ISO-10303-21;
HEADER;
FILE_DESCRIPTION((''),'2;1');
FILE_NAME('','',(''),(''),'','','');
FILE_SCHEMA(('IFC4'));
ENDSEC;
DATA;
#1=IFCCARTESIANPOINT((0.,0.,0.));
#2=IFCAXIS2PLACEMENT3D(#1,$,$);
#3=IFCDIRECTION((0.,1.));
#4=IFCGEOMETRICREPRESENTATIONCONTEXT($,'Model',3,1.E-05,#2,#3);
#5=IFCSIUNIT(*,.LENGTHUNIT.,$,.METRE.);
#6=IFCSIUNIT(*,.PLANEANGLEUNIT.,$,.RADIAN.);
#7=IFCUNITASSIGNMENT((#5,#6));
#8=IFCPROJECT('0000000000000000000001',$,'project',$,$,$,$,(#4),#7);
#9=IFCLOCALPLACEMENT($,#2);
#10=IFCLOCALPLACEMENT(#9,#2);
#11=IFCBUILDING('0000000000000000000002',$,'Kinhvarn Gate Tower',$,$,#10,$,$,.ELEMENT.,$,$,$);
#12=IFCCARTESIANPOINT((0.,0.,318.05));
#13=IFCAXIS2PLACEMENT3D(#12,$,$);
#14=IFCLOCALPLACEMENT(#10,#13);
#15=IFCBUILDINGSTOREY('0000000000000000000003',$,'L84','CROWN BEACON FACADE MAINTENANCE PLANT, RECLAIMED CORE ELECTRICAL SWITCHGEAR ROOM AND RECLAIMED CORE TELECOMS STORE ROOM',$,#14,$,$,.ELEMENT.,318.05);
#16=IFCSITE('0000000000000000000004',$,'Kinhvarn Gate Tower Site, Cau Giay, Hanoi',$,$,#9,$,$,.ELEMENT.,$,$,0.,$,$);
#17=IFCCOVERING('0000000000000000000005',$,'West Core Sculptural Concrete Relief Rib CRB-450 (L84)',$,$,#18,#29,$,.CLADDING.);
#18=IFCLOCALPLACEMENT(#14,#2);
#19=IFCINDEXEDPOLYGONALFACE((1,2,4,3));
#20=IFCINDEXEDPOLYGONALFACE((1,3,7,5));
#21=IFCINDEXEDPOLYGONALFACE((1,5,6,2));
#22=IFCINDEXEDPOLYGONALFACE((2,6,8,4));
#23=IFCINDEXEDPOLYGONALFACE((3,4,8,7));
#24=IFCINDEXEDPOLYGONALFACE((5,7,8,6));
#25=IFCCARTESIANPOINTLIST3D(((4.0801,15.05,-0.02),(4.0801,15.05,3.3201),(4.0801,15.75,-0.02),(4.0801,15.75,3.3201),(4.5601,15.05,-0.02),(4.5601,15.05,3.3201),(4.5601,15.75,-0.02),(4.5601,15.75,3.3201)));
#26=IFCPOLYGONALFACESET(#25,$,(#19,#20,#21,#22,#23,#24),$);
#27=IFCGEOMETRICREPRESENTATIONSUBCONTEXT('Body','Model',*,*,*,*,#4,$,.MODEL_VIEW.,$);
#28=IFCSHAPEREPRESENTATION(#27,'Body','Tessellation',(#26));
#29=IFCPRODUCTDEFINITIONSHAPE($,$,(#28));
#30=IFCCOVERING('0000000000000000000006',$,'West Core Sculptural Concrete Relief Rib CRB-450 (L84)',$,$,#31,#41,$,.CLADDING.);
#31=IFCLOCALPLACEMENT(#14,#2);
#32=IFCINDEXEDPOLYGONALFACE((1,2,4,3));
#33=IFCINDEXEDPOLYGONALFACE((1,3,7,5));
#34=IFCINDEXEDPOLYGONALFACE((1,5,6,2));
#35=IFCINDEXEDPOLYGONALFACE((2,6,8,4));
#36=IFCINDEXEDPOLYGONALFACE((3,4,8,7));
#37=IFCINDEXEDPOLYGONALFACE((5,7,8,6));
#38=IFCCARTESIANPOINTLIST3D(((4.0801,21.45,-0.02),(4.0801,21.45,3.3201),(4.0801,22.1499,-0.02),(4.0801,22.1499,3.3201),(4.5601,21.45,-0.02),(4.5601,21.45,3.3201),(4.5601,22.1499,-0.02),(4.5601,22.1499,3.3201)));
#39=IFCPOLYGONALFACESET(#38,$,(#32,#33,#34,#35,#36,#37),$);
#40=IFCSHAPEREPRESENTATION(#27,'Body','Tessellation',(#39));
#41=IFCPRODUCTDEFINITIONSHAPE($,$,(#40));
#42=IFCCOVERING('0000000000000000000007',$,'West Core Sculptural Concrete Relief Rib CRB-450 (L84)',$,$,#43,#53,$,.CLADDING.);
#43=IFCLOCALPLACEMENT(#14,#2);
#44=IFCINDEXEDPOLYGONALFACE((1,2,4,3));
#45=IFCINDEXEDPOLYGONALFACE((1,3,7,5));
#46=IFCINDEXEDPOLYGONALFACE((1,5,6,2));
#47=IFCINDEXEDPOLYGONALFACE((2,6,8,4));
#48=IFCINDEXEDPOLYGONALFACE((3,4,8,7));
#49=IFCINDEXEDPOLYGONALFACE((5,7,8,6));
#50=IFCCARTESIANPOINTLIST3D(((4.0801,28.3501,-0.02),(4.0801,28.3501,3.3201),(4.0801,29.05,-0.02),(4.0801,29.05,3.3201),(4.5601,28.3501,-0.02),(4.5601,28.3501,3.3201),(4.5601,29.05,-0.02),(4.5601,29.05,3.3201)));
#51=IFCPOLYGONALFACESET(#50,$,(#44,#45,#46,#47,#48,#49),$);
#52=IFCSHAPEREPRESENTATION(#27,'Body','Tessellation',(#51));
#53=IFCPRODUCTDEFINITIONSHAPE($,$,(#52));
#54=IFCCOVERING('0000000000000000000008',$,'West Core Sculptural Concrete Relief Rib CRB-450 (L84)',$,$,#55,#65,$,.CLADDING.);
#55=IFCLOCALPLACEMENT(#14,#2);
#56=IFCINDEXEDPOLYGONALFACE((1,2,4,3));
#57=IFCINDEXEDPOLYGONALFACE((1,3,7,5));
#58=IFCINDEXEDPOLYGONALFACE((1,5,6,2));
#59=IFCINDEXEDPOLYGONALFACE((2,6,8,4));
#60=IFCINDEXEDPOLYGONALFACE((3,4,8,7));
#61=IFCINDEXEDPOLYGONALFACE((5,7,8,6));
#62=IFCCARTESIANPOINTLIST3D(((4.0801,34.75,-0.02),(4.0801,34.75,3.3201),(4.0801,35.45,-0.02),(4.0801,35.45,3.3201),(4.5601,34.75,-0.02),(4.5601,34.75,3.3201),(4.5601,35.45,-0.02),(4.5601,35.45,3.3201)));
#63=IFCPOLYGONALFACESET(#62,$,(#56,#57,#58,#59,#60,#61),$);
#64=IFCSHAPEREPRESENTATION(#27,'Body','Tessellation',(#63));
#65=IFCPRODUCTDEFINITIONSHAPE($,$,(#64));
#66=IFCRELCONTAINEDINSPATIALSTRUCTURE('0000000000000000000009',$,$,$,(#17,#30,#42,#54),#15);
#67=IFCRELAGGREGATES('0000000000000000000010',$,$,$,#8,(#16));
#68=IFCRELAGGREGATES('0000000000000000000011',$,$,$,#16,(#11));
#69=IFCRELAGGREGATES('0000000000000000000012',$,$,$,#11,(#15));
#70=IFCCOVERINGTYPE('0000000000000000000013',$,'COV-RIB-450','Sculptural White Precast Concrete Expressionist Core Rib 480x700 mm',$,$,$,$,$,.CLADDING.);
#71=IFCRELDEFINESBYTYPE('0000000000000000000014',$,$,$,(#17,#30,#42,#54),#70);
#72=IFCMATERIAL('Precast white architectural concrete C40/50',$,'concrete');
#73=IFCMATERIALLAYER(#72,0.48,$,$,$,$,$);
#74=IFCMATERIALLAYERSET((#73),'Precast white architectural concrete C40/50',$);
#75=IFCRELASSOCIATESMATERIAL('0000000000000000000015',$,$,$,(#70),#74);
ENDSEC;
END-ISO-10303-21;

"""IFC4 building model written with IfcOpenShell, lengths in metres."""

from ifc_helpers import new_model, si_unit, direction, frame, origin, place, context, subcontext, project, spatial, polyline, outline, extrude, material, layer, layer_set, type_object, element, save


model = new_model("IFC4")

# Units and contexts
model_context = context("Model", 3, precision=1e-05, world=origin(), true_north=direction((0.0, 1.0)))
body_context = subcontext(model_context, "Body", "Model", "MODEL_VIEW")
ifc_project = project(units=[si_unit("LENGTHUNIT", "METRE"), si_unit("PLANEANGLEUNIT", "RADIAN")], contexts=[model_context])

# Site, building, storey
site_placement = place(None, origin())
site = spatial("IfcSite", under=ifc_project, at=site_placement, Name="Kinhvarn Gate Tower Site, Cau Giay, Hanoi", CompositionType="ELEMENT", RefElevation=0.0)
building_placement = place(site_placement, origin())
building = spatial("IfcBuilding", under=site, at=building_placement, Name="Kinhvarn Gate Tower", CompositionType="ELEMENT")
storey_placement = place(building_placement, frame((0.0, 0.0, 318.05)))
storey = spatial("IfcBuildingStorey", under=building, at=storey_placement, Name="L84", Description="CROWN BEACON FACADE MAINTENANCE PLANT, RECLAIMED CORE ELECTRICAL SWITCHGEAR ROOM AND RECLAIMED CORE TELECOMS STORE ROOM", CompositionType="ELEMENT", Elevation=318.05)

# Coverings
ifc_material_1 = material(Name="Precast white architectural concrete C40/50", Category="concrete")
ifc_layer_1 = layer(ifc_material_1, 0.48)
ifc_layer_set_1 = layer_set([ifc_layer_1], Name="Precast white architectural concrete C40/50")
covering_type_1 = type_object("IfcCoveringType", Name="COV-RIB-450", Description="Sculptural White Precast Concrete Expressionist Core Rib 480x700 mm", PredefinedType="CLADDING", material=ifc_layer_set_1)
covering_1_placement = place(storey_placement, frame((0.0, 0.0, -0.02)))
element("IfcCovering", 1, at=covering_1_placement, inside=storey, type_object=covering_type_1, Name="West Core Sculptural Concrete Relief Rib CRB-450 (L84)", PredefinedType="CLADDING", context=body_context, shape_type="SweptSolid", body=[
    extrude(outline(polyline([(4.0801, 15.05), (4.5601, 15.05), (4.5601, 15.75), (4.0801, 15.75), (4.0801, 15.05)])), origin(), (0.0, 0.0, 1.0), 3.3401),
])
covering_2_placement = place(storey_placement, frame((0.0, 0.0, -0.02)))
element("IfcCovering", 2, at=covering_2_placement, inside=storey, type_object=covering_type_1, Name="West Core Sculptural Concrete Relief Rib CRB-450 (L84)", PredefinedType="CLADDING", context=body_context, shape_type="SweptSolid", body=[
    extrude(outline(polyline([(4.0801, 21.45), (4.5601, 21.45), (4.5601, 22.1499), (4.0801, 22.1499), (4.0801, 21.45)])), origin(), (0.0, 0.0, 1.0), 3.3401),
])
covering_3_placement = place(storey_placement, frame((0.0, 0.0, -0.02)))
element("IfcCovering", 3, at=covering_3_placement, inside=storey, type_object=covering_type_1, Name="West Core Sculptural Concrete Relief Rib CRB-450 (L84)", PredefinedType="CLADDING", context=body_context, shape_type="SweptSolid", body=[
    extrude(outline(polyline([(4.0801, 28.3501), (4.5601, 28.3501), (4.5601, 29.05), (4.0801, 29.05), (4.0801, 28.3501)])), origin(), (0.0, 0.0, 1.0), 3.3401),
])
covering_4_placement = place(storey_placement, frame((0.0, 0.0, -0.02)))
element("IfcCovering", 4, at=covering_4_placement, inside=storey, type_object=covering_type_1, Name="West Core Sculptural Concrete Relief Rib CRB-450 (L84)", PredefinedType="CLADDING", context=body_context, shape_type="SweptSolid", body=[
    extrude(outline(polyline([(4.0801, 34.75), (4.5601, 34.75), (4.5601, 35.45), (4.0801, 35.45), (4.0801, 34.75)])), origin(), (0.0, 0.0, 1.0), 3.3401),
])

save(model, "model.ifc")
